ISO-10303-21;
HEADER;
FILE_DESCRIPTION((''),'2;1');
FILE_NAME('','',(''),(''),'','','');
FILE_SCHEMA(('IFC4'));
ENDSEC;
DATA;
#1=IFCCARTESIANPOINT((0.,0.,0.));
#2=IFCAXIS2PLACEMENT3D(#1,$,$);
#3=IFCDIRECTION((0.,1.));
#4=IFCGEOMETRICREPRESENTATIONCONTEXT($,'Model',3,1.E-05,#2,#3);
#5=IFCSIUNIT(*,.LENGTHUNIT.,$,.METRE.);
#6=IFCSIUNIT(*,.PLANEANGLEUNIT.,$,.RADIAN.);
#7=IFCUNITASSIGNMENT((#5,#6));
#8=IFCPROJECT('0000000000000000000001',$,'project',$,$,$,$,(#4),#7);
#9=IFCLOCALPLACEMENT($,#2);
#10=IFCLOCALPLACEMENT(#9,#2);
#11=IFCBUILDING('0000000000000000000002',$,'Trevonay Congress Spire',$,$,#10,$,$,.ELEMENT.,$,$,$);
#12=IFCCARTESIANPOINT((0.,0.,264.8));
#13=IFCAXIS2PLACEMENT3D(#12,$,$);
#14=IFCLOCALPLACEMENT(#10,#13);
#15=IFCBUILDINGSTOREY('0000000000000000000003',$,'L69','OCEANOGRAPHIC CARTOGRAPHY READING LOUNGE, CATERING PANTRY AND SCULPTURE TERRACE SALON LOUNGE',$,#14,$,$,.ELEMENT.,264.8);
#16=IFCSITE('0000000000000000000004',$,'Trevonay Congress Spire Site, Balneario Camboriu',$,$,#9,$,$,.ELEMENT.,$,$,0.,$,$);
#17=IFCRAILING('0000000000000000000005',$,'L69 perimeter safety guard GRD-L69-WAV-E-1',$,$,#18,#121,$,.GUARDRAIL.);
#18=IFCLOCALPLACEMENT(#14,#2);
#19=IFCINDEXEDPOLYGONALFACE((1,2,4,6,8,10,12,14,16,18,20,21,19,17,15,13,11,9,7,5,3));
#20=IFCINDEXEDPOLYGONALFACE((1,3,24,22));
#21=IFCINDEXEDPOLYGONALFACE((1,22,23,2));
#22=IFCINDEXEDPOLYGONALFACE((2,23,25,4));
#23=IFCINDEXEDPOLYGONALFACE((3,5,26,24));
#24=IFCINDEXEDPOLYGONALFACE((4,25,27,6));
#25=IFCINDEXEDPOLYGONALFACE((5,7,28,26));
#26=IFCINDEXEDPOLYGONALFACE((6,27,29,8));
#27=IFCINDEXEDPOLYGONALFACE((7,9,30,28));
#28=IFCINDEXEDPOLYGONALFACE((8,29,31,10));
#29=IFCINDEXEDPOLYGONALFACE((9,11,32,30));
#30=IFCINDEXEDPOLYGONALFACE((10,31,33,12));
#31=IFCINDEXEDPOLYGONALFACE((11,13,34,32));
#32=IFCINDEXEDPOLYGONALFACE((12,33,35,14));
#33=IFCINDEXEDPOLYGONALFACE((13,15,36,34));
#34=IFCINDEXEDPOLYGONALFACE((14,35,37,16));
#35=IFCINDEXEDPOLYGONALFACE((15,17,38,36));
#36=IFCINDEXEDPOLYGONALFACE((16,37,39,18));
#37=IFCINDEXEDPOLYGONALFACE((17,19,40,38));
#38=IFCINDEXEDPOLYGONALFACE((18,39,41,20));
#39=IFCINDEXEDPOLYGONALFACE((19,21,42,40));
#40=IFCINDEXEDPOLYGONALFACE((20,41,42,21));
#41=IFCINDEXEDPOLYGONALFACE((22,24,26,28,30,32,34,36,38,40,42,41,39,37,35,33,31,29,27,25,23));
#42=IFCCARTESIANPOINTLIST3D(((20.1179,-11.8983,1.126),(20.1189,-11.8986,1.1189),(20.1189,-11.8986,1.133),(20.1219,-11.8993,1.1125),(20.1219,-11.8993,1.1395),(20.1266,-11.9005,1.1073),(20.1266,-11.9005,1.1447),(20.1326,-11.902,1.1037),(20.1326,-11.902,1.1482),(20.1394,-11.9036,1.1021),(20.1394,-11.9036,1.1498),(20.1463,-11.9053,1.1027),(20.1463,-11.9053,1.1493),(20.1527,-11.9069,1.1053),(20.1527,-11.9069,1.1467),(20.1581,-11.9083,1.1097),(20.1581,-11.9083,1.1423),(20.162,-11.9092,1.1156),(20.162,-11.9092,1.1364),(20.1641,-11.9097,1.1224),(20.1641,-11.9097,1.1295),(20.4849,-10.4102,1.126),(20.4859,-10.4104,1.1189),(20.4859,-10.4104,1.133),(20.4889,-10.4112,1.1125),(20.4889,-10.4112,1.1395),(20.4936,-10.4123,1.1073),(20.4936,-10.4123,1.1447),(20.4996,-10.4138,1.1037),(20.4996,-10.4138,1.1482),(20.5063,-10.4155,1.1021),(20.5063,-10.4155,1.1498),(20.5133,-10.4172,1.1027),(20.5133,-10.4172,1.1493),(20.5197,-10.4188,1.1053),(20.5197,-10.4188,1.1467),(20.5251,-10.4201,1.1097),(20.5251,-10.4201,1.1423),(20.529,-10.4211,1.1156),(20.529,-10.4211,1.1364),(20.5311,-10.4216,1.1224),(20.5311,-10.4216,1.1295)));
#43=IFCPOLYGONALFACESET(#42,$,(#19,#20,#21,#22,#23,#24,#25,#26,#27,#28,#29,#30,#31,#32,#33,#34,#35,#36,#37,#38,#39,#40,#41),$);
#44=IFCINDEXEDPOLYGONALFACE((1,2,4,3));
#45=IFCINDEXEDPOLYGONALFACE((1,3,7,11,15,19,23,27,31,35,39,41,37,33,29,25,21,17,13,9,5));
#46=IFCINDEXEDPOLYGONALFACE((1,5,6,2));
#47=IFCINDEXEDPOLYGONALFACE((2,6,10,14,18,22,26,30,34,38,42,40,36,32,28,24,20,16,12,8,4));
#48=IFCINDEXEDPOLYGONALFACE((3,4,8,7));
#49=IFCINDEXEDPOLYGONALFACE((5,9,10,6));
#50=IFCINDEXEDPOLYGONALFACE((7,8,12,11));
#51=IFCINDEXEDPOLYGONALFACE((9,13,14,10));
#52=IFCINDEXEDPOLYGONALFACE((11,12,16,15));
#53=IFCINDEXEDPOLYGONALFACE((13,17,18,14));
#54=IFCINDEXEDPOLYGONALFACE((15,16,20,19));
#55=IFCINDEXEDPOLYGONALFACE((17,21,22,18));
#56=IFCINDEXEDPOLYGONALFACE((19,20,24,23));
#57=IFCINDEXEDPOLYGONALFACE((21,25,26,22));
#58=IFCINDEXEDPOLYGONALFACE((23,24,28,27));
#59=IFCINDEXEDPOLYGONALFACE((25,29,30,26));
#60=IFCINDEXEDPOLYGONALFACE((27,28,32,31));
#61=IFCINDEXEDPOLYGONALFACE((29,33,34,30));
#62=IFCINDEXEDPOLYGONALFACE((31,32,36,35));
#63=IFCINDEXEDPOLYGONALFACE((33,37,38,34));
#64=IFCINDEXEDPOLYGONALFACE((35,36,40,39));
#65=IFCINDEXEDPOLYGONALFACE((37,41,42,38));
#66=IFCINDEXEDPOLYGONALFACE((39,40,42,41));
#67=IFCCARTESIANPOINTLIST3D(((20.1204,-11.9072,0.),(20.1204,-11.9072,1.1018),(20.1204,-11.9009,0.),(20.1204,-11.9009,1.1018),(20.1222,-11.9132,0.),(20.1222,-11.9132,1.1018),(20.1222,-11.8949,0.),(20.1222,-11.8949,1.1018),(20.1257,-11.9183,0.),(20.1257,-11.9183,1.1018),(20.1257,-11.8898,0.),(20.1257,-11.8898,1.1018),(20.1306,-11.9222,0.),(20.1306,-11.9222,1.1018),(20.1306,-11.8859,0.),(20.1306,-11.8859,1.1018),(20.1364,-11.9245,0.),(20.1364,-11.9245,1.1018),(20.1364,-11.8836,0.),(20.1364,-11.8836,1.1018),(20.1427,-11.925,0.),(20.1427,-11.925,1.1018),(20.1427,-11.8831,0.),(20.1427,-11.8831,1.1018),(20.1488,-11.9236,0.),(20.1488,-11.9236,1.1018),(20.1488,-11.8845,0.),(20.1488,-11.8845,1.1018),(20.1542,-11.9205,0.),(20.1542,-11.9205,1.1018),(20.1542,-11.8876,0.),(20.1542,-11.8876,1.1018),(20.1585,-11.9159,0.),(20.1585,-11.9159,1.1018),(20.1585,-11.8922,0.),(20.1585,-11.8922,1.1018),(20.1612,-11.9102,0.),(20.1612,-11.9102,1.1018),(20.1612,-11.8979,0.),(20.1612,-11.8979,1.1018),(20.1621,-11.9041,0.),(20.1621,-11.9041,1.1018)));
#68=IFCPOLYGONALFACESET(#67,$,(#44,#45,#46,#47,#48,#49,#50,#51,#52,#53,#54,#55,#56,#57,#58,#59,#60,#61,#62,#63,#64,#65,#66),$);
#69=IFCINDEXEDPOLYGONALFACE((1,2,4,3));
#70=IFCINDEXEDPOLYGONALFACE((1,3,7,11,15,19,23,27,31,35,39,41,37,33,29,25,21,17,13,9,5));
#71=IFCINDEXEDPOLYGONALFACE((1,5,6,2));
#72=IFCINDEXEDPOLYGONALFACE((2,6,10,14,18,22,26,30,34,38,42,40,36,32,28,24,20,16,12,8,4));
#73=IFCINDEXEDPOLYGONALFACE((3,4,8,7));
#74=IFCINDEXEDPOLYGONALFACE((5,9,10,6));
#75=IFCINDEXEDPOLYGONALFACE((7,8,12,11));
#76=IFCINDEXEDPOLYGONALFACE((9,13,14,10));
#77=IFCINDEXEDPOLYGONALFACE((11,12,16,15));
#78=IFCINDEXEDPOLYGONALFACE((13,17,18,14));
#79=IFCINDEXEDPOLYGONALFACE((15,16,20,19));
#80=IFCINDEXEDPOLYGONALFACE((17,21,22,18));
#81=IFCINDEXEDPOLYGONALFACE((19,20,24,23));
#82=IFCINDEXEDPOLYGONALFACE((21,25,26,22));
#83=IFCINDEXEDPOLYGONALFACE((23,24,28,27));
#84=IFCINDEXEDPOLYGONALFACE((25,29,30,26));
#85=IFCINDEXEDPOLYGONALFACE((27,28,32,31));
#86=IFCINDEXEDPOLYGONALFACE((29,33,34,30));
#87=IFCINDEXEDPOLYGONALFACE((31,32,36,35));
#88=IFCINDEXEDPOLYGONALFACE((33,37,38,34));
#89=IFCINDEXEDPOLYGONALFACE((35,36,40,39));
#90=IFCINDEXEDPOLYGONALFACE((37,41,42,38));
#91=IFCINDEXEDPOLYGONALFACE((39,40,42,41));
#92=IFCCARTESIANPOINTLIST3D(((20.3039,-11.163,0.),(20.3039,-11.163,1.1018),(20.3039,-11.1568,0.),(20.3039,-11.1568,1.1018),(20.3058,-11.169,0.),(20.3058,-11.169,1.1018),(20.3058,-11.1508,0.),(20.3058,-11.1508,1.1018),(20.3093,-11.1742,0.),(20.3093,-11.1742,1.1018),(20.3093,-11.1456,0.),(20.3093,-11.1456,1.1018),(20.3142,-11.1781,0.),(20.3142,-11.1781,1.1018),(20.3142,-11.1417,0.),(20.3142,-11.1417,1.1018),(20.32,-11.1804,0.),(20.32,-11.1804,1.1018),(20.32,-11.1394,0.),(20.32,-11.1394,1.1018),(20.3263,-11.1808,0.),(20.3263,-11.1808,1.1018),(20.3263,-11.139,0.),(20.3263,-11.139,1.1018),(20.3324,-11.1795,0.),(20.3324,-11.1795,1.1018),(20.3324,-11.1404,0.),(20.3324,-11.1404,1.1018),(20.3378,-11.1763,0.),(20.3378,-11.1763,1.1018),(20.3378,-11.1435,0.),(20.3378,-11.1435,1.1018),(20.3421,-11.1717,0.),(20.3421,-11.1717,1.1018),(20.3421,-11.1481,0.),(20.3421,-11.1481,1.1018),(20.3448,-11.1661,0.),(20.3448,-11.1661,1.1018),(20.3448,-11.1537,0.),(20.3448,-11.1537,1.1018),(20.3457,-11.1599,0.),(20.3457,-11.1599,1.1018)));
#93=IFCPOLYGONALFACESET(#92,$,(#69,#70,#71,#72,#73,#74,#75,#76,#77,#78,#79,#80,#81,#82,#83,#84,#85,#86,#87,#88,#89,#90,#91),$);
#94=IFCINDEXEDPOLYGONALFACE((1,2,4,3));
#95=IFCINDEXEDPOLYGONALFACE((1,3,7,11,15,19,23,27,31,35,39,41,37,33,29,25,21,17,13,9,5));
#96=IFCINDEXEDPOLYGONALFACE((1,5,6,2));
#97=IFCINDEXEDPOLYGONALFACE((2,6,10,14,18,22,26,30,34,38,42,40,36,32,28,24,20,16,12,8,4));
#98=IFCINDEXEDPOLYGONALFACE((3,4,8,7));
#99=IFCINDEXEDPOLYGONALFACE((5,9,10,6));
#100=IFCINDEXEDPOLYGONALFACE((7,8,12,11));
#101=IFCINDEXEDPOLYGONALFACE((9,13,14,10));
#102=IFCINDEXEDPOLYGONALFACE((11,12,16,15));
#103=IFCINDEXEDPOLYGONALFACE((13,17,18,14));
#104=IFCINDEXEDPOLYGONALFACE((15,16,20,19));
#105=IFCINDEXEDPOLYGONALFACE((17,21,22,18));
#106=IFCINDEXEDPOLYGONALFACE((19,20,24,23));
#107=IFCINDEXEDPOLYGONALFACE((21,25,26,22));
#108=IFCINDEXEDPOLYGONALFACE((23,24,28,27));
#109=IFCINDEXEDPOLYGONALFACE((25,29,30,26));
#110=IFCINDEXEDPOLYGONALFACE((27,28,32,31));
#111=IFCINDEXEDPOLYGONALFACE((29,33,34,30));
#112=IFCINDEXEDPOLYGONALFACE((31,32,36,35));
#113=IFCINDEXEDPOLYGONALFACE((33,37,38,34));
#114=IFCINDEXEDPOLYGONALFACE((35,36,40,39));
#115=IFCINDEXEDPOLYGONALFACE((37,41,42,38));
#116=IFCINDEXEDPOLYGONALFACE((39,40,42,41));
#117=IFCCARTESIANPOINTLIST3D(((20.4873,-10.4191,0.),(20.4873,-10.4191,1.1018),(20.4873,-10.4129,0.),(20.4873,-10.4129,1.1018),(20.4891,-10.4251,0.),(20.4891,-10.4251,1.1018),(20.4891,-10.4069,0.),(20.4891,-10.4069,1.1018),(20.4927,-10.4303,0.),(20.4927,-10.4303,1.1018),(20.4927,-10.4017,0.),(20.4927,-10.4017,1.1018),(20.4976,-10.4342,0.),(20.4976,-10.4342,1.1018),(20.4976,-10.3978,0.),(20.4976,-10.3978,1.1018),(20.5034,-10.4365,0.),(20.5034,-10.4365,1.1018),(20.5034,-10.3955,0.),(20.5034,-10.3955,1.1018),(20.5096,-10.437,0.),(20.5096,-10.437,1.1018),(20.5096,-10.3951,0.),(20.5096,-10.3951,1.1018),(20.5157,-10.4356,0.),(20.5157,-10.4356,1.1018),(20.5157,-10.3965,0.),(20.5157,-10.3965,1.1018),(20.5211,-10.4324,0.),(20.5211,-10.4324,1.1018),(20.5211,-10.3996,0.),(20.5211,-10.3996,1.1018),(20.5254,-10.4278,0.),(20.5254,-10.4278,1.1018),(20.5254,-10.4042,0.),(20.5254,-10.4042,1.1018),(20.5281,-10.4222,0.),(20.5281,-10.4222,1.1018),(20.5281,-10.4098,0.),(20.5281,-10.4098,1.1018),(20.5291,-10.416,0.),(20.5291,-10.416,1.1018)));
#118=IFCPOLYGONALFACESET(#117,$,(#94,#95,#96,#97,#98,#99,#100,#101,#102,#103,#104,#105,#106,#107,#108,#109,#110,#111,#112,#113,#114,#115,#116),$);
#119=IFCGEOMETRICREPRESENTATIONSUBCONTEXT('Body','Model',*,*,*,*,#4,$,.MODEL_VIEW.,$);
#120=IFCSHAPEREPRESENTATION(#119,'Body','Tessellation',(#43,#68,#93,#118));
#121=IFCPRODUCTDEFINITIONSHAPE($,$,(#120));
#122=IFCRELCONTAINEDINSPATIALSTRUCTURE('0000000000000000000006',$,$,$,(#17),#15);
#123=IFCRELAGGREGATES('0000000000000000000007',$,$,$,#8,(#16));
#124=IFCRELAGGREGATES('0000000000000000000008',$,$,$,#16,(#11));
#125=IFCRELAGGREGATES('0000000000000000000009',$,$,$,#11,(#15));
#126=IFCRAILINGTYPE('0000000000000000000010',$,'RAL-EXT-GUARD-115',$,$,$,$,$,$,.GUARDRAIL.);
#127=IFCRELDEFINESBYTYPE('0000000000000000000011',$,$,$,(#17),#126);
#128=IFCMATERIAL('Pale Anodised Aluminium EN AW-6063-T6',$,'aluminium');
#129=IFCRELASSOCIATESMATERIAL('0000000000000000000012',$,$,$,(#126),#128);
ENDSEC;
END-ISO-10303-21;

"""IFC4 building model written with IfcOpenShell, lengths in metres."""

from ifc_helpers import new_model, si_unit, direction, frame, origin, origin_2d, place, context, subcontext, project, spatial, circle, extrude, material, type_object, element, save


model = new_model("IFC4")

# Units and contexts
model_context = context("Model", 3, precision=1e-05, world=origin(), true_north=direction((0.0, 1.0)))
body_context = subcontext(model_context, "Body", "Model", "MODEL_VIEW")
ifc_project = project(units=[si_unit("LENGTHUNIT", "METRE"), si_unit("PLANEANGLEUNIT", "RADIAN")], contexts=[model_context])

# Site, building, storey
site_placement = place(None, origin())
site = spatial("IfcSite", under=ifc_project, at=site_placement, Name="Trevonay Congress Spire Site, Balneario Camboriu", CompositionType="ELEMENT", RefElevation=0.0)
building_placement = place(site_placement, origin())
building = spatial("IfcBuilding", under=site, at=building_placement, Name="Trevonay Congress Spire", CompositionType="ELEMENT")
storey_placement = place(building_placement, frame((0.0, 0.0, 264.8)))
storey = spatial("IfcBuildingStorey", under=building, at=storey_placement, Name="L69", Description="OCEANOGRAPHIC CARTOGRAPHY READING LOUNGE, CATERING PANTRY AND SCULPTURE TERRACE SALON LOUNGE", CompositionType="ELEMENT", Elevation=264.8)

# Shared definitions
ifc_material_1 = material(Name="Pale Anodised Aluminium EN AW-6063-T6", Category="aluminium")

# Railing
railing_type = type_object("IfcRailingType", Name="RAL-EXT-GUARD-115", PredefinedType="GUARDRAIL", material=ifc_material_1)
railing_1_placement = place(storey_placement, frame((20.1411, -11.9041, 0.0)))
element("IfcRailing", 1, at=railing_1_placement, inside=storey, type_object=railing_type, Name="L69 perimeter safety guard GRD-L69-WAV-E-1", PredefinedType="GUARDRAIL", context=body_context, shape_type="SweptSolid", body=[
    extrude(circle(Radius=0.0239, at=origin_2d()), frame((0.0, 0.0, 1.126), z_axis=(0.239423, 0.970915, 0.0), x_axis=(-0.970915, 0.239423, 0.0)), (0.0, 0.0, 1.0), 1.5327),
    extrude(circle(Radius=0.021, at=origin_2d()), origin(), (0.0, 0.0, 1.0), 1.1018),
    extrude(circle(Radius=0.021, at=origin_2d()), frame((0.1836, 0.7441, 0.0)), (0.0, 0.0, 1.0), 1.1018),
    extrude(circle(Radius=0.021, at=origin_2d()), frame((0.3669, 1.488, 0.0)), (0.0, 0.0, 1.0), 1.1018),
])

save(model, "model.ifc")
